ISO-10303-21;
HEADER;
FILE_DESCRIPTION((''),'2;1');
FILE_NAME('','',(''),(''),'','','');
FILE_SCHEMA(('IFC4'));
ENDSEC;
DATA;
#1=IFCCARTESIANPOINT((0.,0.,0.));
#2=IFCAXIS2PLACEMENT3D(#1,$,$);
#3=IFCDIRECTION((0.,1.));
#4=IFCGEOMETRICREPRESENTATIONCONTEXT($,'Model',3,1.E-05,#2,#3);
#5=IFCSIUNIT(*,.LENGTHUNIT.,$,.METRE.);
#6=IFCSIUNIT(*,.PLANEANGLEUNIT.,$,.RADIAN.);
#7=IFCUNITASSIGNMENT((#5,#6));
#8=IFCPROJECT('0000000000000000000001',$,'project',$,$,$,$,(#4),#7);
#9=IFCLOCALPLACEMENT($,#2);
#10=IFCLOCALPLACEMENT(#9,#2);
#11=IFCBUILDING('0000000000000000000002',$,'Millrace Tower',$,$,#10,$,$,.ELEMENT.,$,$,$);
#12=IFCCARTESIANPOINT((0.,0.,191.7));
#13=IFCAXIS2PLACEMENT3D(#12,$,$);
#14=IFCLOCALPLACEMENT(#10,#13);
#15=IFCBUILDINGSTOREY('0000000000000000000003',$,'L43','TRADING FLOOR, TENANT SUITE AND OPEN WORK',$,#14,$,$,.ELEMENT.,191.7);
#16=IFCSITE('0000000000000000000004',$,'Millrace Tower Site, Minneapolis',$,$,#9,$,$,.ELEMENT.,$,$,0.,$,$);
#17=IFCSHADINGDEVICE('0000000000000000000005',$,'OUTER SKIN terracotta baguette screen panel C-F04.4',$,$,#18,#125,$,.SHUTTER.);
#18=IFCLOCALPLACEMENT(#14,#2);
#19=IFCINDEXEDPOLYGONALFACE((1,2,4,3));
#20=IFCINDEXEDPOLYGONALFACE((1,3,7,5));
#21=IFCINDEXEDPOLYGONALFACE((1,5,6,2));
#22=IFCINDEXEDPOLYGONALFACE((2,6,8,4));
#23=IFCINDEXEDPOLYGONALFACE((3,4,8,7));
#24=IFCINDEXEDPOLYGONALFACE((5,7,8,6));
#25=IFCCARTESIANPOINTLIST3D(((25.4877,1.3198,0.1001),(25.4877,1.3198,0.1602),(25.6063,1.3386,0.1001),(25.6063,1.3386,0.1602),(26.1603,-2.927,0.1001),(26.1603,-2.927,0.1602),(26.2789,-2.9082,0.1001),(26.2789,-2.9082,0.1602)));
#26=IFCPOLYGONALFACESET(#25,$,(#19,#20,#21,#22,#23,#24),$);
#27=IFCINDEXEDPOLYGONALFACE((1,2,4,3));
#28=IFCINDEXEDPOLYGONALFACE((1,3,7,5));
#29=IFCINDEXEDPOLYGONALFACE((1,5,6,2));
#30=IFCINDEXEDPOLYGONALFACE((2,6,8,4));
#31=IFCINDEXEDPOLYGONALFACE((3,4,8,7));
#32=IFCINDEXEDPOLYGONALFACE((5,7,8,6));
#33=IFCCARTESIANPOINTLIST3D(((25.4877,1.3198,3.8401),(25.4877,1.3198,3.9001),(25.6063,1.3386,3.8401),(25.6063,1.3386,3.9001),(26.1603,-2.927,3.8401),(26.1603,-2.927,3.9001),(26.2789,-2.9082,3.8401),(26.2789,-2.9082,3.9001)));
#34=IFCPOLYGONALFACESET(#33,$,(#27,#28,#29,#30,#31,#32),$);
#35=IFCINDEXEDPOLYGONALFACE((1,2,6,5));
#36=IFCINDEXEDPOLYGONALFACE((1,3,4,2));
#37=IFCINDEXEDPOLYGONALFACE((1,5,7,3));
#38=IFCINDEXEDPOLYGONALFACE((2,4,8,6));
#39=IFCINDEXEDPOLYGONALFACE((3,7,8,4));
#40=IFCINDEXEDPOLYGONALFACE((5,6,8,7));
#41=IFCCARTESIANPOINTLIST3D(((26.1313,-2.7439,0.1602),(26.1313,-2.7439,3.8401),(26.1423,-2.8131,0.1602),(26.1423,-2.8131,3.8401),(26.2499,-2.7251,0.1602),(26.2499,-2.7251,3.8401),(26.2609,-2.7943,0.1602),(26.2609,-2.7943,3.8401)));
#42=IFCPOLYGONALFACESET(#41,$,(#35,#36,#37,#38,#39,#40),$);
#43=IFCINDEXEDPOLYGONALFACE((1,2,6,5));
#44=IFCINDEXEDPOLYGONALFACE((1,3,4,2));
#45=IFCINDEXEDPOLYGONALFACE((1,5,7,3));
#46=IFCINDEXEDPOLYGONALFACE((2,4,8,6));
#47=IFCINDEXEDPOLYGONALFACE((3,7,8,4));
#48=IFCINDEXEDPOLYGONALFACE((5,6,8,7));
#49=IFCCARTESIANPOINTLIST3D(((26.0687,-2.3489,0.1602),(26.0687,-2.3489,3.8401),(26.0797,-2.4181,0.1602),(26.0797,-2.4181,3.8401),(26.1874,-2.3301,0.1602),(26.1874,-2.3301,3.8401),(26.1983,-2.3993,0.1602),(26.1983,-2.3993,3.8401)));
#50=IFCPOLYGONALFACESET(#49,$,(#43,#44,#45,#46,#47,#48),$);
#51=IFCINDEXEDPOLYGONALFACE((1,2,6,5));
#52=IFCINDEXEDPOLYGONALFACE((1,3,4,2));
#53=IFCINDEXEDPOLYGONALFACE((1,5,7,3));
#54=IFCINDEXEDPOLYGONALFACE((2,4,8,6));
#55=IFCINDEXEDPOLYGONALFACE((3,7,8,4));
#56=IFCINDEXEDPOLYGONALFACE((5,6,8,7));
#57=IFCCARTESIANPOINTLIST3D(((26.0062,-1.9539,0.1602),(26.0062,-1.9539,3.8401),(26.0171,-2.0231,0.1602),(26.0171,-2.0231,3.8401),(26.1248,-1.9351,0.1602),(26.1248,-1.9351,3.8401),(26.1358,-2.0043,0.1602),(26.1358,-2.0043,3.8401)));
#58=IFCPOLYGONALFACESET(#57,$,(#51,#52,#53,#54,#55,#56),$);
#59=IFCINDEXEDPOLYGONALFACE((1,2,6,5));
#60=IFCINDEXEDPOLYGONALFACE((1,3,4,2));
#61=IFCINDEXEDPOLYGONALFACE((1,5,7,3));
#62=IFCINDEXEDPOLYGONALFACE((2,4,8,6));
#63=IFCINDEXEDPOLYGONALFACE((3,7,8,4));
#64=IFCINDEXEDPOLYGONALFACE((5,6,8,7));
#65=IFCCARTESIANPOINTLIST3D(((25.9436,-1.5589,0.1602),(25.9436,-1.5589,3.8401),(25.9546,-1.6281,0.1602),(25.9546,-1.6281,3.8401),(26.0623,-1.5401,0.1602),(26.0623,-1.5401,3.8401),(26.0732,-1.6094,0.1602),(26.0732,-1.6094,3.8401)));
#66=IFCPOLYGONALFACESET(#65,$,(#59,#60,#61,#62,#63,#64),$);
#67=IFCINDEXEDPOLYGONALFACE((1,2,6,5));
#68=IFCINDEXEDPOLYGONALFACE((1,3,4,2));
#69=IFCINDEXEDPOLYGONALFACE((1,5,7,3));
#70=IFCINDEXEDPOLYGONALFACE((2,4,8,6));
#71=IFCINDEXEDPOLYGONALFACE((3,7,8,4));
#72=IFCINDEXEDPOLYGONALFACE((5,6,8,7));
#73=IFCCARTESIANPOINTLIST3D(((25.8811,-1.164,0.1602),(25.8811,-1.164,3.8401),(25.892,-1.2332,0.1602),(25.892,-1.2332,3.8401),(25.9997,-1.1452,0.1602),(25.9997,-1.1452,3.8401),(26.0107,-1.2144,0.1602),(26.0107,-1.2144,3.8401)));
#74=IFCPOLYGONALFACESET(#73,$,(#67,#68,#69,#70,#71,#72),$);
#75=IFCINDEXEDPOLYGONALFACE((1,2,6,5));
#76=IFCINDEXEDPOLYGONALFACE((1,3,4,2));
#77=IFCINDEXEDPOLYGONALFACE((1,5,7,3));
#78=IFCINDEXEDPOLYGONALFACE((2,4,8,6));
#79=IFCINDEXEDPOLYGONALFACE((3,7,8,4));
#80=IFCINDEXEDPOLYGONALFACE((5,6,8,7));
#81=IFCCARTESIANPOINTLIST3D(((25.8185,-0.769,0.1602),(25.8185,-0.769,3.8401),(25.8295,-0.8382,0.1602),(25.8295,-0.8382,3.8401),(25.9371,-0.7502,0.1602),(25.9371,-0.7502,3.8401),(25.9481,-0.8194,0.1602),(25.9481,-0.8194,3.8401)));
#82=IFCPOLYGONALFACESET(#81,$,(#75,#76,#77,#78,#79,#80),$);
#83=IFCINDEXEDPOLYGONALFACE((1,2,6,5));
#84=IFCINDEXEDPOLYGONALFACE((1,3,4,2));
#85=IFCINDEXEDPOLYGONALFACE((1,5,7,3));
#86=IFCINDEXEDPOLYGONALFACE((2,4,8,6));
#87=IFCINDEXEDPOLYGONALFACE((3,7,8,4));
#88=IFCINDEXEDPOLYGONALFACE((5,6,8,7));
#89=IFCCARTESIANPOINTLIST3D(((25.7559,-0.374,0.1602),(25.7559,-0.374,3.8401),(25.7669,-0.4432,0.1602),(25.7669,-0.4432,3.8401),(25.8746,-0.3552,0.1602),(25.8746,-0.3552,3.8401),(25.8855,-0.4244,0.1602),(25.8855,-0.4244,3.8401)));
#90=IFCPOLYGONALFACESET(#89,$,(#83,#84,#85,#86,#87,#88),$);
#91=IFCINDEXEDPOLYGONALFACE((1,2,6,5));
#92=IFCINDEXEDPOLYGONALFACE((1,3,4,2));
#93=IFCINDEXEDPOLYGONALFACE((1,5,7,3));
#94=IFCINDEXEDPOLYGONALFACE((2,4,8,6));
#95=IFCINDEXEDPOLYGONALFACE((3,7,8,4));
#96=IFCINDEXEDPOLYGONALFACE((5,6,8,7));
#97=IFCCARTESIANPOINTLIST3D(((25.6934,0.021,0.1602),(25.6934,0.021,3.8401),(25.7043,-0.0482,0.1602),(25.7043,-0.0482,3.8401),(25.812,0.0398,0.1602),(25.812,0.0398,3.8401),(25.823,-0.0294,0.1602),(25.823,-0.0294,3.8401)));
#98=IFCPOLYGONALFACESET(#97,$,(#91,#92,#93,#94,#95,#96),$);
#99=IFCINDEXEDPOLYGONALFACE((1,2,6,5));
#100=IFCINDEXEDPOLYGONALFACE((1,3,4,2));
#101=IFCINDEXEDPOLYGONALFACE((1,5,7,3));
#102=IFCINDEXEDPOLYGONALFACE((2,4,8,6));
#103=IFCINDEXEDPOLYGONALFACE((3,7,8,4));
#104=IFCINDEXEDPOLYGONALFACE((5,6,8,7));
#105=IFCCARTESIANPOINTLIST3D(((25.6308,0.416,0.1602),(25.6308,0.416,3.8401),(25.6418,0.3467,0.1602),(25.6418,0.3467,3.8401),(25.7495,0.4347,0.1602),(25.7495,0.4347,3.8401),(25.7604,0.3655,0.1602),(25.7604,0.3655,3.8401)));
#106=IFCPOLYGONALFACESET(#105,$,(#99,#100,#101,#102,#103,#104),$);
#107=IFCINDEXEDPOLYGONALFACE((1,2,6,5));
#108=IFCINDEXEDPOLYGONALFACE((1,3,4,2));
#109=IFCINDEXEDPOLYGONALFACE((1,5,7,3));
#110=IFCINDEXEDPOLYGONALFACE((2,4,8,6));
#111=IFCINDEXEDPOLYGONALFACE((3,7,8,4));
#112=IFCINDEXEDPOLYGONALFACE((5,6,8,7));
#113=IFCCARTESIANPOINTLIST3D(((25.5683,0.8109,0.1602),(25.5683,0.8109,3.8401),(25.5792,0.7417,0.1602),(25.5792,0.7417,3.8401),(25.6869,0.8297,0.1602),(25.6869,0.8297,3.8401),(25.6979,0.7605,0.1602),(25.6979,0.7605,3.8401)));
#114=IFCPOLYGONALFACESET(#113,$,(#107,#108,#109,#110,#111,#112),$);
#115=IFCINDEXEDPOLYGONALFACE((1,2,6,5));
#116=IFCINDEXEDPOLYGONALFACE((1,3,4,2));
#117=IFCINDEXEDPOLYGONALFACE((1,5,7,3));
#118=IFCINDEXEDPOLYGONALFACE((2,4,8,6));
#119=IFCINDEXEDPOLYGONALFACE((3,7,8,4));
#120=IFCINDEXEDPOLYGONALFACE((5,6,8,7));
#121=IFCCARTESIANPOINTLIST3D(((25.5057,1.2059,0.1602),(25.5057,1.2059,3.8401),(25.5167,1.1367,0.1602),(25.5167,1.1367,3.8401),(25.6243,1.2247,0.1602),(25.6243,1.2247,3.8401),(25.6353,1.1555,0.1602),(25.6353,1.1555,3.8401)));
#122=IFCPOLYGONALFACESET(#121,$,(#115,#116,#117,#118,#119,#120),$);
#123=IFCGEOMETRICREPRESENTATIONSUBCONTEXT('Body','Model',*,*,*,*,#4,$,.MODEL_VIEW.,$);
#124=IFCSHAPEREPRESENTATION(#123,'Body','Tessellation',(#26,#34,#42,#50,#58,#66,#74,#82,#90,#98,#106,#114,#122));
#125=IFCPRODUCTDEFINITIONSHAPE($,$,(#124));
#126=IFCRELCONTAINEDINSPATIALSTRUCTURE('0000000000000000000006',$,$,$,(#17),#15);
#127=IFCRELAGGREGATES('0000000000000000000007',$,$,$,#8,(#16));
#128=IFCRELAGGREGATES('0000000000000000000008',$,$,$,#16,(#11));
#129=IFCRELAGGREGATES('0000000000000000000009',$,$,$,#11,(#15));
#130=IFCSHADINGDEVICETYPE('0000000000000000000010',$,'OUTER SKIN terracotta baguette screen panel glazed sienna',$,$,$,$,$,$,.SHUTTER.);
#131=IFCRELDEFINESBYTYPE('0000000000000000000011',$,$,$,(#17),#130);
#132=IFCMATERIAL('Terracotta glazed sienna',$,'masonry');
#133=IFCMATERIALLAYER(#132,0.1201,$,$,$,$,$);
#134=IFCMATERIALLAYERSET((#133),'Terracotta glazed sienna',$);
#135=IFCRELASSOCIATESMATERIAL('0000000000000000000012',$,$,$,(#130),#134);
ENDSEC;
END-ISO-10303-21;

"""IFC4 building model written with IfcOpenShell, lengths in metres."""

from ifc_helpers import new_model, entity, si_unit, direction, frame, frame_2d, origin, origin_2d, place, context, subcontext, project, spatial, rectangle, extrude, source, transform, mapped, material, layer, layer_set, type_object, element, save


model = new_model("IFC4")

# Units and contexts
model_context = context("Model", 3, precision=1e-05, world=origin(), true_north=direction((0.0, 1.0)))
body_context = subcontext(model_context, "Body", "Model", "MODEL_VIEW")
ifc_project = project(units=[si_unit("LENGTHUNIT", "METRE"), si_unit("PLANEANGLEUNIT", "RADIAN")], contexts=[model_context])

# Site, building, storey
site_placement = place(None, origin())
site = spatial("IfcSite", under=ifc_project, at=site_placement, Name="Millrace Tower Site, Minneapolis", CompositionType="ELEMENT", RefElevation=0.0)
building_placement = place(site_placement, origin())
building = spatial("IfcBuilding", under=site, at=building_placement, Name="Millrace Tower", CompositionType="ELEMENT")
storey_placement = place(building_placement, frame((0.0, 0.0, 191.7)))
storey = spatial("IfcBuildingStorey", under=building, at=storey_placement, Name="L43", Description="TRADING FLOOR, TENANT SUITE AND OPEN WORK", CompositionType="ELEMENT", Elevation=191.7)

# Shading device
ifc_material_1 = material(Name="Terracotta glazed sienna", Category="masonry")
ifc_layer_1 = layer(ifc_material_1, 0.1201)
ifc_layer_set_1 = layer_set([ifc_layer_1], Name="Terracotta glazed sienna")
shading_device_type = type_object("IfcShadingDeviceType", Name="OUTER SKIN terracotta baguette screen panel glazed sienna", PredefinedType="SHUTTER", material=ifc_layer_set_1)
cartesian_point = entity("IfcCartesianPoint", [-2.1499, 0.0601])
shared_polyline = entity("IfcPolyline", [cartesian_point, entity("IfcCartesianPoint", [2.1499, 0.0601]), entity("IfcCartesianPoint", [2.1499, -0.0601]), entity("IfcCartesianPoint", [-2.1499, -0.0601]), cartesian_point])
shared_shape = source(origin(), body_context, "Body", "SweptSolid", [
    entity("IfcExtrudedAreaSolid", entity("IfcArbitraryClosedProfileDef", "AREA", None, shared_polyline), entity("IfcAxis2Placement3D", entity("IfcCartesianPoint", [0.0, 0.0, 0.0])), entity("IfcDirection", [0.0, 0.0, 1.0]), 0.0601),
    entity("IfcExtrudedAreaSolid", entity("IfcArbitraryClosedProfileDef", "AREA", None, shared_polyline), entity("IfcAxis2Placement3D", entity("IfcCartesianPoint", [0.0, 0.0, 3.74])), entity("IfcDirection", [0.0, 0.0, 1.0]), 0.0601),
    extrude(rectangle(XDim=0.0701, YDim=0.1201, at=frame_2d((-1.9995, 0.0))), frame((0.0, 0.0, 0.0601)), (0.0, 0.0, 1.0), 3.6799),
    extrude(rectangle(XDim=0.0701, YDim=0.1201, at=frame_2d((-1.5996, 0.0))), frame((0.0, 0.0, 0.0601)), (0.0, 0.0, 1.0), 3.6799),
    extrude(rectangle(XDim=0.0701, YDim=0.1201, at=frame_2d((-1.1997, 0.0))), frame((0.0, 0.0, 0.0601)), (0.0, 0.0, 1.0), 3.6799),
    extrude(rectangle(XDim=0.0701, YDim=0.1201, at=frame_2d((-0.7998, 0.0))), frame((0.0, 0.0, 0.0601)), (0.0, 0.0, 1.0), 3.6799),
    extrude(rectangle(XDim=0.0701, YDim=0.1201, at=frame_2d((-0.3999, 0.0))), frame((0.0, 0.0, 0.0601)), (0.0, 0.0, 1.0), 3.6799),
    extrude(rectangle(XDim=0.0701, YDim=0.1201, at=origin_2d()), frame((0.0, 0.0, 0.0601)), (0.0, 0.0, 1.0), 3.6799),
    extrude(rectangle(XDim=0.0701, YDim=0.1201, at=frame_2d((0.3999, 0.0))), frame((0.0, 0.0, 0.0601)), (0.0, 0.0, 1.0), 3.6799),
    extrude(rectangle(XDim=0.0701, YDim=0.1201, at=frame_2d((0.7998, 0.0))), frame((0.0, 0.0, 0.0601)), (0.0, 0.0, 1.0), 3.6799),
    extrude(rectangle(XDim=0.0701, YDim=0.1201, at=frame_2d((1.1997, 0.0))), frame((0.0, 0.0, 0.0601)), (0.0, 0.0, 1.0), 3.6799),
    extrude(rectangle(XDim=0.0701, YDim=0.1201, at=frame_2d((1.5996, 0.0))), frame((0.0, 0.0, 0.0601)), (0.0, 0.0, 1.0), 3.6799),
    extrude(rectangle(XDim=0.0701, YDim=0.1201, at=frame_2d((1.9995, 0.0))), frame((0.0, 0.0, 0.0601)), (0.0, 0.0, 1.0), 3.6799),
])
for number, where, z_axis, x_axis, name in (
    (1, (25.8833, -0.7942, 0.1001), (0.0, 0.0, 1.0), (-0.156434, 0.987688, 0.0), "OUTER SKIN terracotta baguette screen panel C-F04.4"),
):
    element("IfcShadingDevice", number, at=place(storey_placement, frame(where, z_axis=z_axis, x_axis=x_axis)), inside=storey, type_object=shading_device_type, Name=name, PredefinedType="SHUTTER", context=body_context, shape_type="MappedRepresentation", body=[
        mapped(shared_shape, transform((0.0, 0.0, 0.0), scale=1.0)),
    ])

save(model, "model.ifc")
